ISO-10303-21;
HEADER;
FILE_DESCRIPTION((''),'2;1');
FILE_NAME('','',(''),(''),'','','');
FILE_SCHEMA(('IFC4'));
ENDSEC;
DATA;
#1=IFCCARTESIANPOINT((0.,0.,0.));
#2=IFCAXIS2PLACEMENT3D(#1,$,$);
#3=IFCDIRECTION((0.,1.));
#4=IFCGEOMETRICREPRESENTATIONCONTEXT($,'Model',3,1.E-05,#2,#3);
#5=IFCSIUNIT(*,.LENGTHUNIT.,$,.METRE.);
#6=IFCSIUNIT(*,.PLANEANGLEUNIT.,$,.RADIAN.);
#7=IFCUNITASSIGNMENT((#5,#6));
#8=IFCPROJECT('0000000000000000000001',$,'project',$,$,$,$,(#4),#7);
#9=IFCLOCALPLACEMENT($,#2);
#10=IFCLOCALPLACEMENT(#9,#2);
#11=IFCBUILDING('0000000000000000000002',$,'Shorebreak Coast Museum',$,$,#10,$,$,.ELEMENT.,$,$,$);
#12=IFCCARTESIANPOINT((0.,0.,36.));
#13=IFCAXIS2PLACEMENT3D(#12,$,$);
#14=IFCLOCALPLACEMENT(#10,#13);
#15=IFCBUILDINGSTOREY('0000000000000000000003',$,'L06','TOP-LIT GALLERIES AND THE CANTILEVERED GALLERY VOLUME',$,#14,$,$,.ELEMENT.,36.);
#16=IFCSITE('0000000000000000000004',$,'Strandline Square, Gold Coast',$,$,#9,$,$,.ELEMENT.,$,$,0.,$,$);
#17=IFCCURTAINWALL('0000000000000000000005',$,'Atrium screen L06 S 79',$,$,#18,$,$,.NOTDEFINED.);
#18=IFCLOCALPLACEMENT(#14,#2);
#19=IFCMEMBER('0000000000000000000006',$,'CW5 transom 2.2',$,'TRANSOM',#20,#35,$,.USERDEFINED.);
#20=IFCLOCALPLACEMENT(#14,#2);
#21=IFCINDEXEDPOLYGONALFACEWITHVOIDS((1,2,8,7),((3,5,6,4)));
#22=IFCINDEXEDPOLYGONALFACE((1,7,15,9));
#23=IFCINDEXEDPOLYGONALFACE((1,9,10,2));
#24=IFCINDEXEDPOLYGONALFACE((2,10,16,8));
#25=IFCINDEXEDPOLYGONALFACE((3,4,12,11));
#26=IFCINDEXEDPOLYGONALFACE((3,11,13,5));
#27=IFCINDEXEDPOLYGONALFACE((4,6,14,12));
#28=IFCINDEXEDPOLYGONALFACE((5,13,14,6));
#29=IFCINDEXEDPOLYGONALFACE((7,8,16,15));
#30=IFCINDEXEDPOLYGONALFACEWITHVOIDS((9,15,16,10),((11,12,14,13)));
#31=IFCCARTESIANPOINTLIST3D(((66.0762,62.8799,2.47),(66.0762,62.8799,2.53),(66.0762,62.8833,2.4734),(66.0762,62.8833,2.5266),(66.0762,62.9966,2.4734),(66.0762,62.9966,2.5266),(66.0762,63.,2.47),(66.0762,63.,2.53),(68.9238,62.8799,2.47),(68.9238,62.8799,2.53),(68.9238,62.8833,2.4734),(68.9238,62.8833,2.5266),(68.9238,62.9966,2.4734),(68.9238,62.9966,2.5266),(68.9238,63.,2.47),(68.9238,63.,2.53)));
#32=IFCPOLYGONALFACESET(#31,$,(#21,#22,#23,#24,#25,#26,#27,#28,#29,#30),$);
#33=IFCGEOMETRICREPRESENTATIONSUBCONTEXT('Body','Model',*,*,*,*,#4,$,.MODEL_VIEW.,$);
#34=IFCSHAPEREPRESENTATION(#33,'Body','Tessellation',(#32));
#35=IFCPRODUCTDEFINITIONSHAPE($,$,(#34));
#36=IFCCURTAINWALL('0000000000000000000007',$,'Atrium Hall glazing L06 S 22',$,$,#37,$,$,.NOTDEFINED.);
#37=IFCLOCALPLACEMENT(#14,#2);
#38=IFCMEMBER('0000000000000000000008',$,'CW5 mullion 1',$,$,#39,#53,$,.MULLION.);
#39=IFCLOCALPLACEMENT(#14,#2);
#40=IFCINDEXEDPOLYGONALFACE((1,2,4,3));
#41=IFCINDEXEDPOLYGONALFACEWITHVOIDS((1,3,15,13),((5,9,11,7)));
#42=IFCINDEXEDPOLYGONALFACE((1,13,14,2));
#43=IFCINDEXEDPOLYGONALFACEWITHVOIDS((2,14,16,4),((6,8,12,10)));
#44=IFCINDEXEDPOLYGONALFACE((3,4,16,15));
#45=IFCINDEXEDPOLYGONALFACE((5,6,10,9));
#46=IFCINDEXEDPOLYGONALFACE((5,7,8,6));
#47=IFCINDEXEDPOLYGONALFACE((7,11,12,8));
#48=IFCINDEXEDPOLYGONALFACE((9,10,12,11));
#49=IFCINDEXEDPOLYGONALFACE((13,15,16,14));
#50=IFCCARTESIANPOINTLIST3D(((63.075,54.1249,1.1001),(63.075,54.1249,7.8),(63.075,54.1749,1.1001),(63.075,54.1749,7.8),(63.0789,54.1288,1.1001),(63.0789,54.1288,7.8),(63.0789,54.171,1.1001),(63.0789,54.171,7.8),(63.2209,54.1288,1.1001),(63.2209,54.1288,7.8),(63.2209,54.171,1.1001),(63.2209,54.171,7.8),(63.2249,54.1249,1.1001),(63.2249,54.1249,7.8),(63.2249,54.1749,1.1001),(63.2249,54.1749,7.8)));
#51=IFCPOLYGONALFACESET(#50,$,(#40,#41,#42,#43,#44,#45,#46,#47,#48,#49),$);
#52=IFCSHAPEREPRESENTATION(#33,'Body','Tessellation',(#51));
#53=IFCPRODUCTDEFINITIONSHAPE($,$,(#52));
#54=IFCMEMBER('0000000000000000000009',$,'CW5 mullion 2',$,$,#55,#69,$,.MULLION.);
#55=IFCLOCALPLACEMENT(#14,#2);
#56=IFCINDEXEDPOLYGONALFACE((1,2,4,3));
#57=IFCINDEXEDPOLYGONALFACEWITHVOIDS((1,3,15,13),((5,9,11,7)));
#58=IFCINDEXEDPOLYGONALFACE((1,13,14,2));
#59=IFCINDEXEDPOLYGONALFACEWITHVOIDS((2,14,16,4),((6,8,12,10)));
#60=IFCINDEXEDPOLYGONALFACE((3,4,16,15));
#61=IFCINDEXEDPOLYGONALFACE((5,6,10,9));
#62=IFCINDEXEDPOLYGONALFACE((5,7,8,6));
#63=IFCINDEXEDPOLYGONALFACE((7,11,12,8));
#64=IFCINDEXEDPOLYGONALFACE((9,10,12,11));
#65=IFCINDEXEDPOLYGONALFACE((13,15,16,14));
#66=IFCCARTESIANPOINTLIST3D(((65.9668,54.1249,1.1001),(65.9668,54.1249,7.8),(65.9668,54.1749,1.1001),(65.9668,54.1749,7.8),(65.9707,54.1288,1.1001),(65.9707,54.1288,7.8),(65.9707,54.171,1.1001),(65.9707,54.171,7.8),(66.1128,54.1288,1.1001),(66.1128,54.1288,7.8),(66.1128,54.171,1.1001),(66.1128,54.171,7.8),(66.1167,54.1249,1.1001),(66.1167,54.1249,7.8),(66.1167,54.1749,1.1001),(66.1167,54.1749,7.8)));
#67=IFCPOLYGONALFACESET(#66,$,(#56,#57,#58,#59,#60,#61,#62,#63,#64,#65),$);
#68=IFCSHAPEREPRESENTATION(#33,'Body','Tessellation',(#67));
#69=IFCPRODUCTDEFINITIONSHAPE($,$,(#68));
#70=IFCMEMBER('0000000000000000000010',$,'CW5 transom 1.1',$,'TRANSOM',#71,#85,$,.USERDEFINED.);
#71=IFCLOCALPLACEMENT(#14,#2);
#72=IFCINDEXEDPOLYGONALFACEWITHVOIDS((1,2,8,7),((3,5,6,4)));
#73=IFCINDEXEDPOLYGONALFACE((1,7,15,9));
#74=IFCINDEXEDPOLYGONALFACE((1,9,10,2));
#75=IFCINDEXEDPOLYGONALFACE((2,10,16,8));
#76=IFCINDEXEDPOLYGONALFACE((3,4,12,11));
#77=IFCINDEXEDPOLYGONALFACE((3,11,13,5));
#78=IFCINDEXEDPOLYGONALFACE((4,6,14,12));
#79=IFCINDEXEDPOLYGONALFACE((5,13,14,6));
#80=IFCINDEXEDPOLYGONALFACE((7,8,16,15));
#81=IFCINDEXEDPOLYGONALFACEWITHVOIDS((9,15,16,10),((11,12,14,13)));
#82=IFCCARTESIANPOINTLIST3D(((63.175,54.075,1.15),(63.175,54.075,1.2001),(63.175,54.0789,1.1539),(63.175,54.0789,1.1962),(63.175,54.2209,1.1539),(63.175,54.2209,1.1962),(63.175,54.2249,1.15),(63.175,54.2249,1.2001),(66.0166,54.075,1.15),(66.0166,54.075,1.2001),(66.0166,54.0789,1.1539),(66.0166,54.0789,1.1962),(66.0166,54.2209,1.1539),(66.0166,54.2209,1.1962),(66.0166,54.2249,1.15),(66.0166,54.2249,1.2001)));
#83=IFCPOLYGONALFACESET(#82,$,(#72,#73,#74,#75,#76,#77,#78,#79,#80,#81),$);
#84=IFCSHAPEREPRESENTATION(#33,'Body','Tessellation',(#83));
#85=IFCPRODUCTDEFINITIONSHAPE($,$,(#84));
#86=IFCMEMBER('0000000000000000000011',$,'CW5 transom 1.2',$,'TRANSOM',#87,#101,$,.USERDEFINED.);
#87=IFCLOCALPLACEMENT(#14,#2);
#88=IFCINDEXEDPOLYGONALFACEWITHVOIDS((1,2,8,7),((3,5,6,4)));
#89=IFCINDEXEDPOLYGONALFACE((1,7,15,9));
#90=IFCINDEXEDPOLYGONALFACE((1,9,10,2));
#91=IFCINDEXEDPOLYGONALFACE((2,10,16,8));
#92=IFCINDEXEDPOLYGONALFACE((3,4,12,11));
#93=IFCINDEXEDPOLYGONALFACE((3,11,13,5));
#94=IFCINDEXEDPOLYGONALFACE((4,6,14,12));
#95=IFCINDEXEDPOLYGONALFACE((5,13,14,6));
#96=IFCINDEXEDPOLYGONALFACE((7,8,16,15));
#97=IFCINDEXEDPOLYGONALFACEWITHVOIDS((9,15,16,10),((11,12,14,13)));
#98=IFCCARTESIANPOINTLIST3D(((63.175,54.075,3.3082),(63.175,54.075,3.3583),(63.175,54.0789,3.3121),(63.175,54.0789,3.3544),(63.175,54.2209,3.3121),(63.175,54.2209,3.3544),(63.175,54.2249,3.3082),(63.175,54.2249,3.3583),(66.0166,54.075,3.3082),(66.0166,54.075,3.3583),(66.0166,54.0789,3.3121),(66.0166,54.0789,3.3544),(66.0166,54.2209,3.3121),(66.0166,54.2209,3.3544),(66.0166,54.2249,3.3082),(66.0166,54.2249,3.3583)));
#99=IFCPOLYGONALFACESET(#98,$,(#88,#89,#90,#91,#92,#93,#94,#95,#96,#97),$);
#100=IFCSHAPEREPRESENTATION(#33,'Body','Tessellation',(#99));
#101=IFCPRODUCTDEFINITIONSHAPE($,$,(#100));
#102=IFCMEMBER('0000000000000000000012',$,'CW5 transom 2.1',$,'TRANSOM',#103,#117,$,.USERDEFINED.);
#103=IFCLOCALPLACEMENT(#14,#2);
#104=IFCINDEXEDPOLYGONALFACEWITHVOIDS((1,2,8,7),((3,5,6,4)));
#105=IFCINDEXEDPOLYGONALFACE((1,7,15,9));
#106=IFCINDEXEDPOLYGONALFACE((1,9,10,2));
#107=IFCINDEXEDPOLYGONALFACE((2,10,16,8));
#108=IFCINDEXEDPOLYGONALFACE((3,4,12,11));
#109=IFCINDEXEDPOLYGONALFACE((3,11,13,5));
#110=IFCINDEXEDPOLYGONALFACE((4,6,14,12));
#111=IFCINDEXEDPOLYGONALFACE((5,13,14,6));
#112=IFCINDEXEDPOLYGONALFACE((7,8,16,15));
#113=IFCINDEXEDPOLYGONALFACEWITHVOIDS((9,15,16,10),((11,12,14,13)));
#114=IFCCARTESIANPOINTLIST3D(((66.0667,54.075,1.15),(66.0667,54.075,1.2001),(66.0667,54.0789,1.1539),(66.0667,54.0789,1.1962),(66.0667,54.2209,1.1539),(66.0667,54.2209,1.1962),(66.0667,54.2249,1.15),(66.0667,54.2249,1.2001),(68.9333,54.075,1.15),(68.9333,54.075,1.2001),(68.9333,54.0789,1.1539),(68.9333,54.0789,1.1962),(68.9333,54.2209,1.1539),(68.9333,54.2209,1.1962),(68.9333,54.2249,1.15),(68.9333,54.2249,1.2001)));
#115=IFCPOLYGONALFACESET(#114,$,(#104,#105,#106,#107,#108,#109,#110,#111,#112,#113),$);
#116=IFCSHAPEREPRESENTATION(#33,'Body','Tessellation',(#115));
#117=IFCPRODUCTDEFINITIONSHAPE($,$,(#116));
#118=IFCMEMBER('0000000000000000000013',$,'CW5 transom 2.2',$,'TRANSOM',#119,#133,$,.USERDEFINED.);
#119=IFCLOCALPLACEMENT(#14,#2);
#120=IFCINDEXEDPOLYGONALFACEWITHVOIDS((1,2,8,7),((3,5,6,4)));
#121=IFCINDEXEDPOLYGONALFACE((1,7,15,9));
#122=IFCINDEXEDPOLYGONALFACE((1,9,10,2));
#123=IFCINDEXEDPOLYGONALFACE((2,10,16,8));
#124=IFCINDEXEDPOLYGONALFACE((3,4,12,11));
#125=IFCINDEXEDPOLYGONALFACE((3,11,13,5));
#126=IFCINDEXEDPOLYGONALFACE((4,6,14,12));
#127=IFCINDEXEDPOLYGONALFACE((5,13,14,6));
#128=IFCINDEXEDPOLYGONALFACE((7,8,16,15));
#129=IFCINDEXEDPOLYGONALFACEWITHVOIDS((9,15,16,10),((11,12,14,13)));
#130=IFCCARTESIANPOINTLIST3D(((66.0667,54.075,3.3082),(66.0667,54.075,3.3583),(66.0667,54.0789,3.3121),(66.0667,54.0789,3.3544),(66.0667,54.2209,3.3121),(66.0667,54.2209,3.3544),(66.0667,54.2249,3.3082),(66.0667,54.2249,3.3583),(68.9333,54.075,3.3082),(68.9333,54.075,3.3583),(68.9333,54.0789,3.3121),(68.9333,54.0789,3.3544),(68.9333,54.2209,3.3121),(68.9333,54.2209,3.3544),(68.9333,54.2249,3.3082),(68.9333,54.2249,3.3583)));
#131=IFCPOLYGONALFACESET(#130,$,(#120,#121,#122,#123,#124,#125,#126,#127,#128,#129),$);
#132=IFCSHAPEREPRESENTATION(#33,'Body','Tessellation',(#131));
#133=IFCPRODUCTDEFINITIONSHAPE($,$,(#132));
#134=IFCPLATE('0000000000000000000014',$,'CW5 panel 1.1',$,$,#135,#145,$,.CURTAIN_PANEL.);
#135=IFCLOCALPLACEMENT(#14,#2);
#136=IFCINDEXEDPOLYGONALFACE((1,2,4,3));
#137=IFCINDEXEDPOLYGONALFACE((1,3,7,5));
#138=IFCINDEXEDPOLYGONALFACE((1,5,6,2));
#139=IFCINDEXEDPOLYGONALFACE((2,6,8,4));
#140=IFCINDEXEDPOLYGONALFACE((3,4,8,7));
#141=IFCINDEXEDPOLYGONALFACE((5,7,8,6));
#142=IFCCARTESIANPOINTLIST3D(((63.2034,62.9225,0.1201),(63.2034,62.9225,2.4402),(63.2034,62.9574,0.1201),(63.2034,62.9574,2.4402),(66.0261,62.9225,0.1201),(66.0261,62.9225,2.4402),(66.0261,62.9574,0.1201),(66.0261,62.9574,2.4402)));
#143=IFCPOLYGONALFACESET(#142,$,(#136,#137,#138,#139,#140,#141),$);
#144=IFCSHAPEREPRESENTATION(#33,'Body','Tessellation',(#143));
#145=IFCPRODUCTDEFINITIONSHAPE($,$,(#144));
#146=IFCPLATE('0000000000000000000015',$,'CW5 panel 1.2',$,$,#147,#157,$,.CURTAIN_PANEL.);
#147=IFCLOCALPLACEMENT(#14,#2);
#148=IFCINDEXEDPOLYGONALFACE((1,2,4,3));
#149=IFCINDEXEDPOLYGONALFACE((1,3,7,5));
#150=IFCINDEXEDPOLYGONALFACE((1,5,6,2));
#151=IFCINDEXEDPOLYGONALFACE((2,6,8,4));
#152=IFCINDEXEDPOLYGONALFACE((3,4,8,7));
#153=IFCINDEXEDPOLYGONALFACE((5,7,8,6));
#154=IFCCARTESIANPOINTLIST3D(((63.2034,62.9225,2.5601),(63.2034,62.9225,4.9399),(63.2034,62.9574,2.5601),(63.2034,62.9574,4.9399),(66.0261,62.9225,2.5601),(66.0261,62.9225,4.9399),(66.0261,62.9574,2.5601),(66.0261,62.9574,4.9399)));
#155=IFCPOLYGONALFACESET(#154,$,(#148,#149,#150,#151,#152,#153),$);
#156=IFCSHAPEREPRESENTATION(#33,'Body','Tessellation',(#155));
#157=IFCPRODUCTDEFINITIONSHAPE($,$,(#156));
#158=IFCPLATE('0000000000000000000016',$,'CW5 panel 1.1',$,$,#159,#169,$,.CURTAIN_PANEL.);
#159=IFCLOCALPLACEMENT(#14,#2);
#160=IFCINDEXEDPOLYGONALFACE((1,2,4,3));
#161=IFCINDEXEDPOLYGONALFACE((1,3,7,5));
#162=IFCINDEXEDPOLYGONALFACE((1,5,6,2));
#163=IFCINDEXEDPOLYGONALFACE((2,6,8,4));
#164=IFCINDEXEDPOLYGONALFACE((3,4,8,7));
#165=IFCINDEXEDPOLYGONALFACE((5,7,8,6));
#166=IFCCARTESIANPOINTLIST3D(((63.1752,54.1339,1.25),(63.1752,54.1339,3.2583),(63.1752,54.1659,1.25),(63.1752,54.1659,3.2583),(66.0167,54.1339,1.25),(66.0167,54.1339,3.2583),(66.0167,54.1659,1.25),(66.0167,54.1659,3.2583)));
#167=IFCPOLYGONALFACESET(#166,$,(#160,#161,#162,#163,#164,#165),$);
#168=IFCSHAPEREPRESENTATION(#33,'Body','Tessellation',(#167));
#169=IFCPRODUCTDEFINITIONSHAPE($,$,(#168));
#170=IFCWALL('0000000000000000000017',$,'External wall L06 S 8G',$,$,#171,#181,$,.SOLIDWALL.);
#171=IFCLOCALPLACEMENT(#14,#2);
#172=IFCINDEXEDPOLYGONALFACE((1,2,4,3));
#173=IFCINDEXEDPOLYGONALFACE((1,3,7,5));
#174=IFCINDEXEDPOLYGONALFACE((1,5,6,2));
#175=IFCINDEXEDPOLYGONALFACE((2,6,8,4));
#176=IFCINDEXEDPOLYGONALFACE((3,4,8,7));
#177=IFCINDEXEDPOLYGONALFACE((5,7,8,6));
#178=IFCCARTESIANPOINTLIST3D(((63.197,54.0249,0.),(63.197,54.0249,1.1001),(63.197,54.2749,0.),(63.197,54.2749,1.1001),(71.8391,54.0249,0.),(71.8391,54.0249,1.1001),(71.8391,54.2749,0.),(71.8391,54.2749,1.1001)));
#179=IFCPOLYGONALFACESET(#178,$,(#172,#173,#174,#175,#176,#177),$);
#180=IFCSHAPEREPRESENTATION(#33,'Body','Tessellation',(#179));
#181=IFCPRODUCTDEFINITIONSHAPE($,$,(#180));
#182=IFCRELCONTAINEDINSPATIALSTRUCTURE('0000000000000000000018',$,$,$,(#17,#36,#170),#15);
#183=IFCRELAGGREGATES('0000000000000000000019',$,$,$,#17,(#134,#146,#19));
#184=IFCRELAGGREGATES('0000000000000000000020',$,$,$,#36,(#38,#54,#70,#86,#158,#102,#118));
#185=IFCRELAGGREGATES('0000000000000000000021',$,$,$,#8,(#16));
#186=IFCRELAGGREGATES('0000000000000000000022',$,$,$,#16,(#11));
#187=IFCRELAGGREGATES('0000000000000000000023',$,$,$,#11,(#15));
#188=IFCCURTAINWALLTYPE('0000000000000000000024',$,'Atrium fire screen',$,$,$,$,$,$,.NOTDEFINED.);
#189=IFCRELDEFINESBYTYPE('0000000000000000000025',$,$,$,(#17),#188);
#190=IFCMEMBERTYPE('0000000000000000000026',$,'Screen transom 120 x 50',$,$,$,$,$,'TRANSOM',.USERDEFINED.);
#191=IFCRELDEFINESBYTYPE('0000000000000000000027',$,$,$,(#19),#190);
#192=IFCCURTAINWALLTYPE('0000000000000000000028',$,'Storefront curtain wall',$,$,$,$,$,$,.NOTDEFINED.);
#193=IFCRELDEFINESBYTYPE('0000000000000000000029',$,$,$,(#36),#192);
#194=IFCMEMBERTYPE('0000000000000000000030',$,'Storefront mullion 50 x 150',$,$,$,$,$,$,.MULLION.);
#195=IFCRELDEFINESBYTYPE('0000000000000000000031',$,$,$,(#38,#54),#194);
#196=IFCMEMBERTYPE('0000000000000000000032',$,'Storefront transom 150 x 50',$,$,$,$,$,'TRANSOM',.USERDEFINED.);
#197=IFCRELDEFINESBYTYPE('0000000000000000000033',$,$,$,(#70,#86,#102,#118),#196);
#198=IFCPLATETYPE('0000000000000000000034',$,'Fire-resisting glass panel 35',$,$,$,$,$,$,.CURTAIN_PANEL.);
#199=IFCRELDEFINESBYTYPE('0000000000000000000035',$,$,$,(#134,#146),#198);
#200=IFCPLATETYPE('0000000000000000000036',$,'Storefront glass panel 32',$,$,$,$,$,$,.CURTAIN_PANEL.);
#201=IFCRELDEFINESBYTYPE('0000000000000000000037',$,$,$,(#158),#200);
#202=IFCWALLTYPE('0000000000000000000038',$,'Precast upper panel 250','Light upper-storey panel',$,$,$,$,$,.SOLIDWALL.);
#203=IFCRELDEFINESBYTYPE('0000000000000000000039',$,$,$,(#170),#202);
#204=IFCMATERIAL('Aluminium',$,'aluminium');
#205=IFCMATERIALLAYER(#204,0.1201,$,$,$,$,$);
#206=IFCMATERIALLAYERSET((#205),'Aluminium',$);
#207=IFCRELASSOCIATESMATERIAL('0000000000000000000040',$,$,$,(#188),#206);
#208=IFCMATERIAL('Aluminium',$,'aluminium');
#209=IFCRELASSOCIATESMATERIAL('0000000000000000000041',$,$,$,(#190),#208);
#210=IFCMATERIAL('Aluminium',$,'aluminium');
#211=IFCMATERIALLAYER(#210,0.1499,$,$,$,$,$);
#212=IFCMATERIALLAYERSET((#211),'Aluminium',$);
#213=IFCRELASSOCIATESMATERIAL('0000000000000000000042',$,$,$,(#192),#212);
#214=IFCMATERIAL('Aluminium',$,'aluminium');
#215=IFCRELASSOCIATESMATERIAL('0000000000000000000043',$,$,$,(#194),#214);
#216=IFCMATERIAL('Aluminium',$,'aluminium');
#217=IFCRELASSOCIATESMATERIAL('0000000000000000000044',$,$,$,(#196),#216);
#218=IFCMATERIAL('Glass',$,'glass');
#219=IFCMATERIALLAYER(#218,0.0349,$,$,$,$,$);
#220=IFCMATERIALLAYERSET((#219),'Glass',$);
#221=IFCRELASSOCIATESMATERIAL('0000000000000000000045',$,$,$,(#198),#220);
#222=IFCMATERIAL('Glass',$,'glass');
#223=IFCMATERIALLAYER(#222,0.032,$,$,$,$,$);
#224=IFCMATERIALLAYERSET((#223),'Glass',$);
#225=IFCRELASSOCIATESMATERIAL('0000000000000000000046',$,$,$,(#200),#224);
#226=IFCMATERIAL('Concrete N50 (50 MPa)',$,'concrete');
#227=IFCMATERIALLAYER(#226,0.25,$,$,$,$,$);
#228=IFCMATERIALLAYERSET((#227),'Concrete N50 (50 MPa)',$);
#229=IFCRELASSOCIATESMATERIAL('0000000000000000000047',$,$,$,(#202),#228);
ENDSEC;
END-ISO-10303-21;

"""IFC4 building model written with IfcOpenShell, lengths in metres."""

from ifc_helpers import new_model, si_unit, direction, frame, frame_2d, origin, origin_2d, place, context, subcontext, project, spatial, rectangle, hollow_rectangle, extrude, material, layer, layer_set, material_profile, profile_set, type_object, element, aggregate, save


model = new_model("IFC4")

# Units and contexts
model_context = context("Model", 3, precision=1e-05, world=origin(), true_north=direction((0.0, 1.0)))
body_context = subcontext(model_context, "Body", "Model", "MODEL_VIEW")
ifc_project = project(units=[si_unit("LENGTHUNIT", "METRE"), si_unit("PLANEANGLEUNIT", "RADIAN")], contexts=[model_context])

# Site, building, storey
site_placement = place(None, origin())
site = spatial("IfcSite", under=ifc_project, at=site_placement, Name="Strandline Square, Gold Coast", CompositionType="ELEMENT", RefElevation=0.0)
building_placement = place(site_placement, origin())
building = spatial("IfcBuilding", under=site, at=building_placement, Name="Shorebreak Coast Museum", CompositionType="ELEMENT")
storey_placement = place(building_placement, frame((0.0, 0.0, 36.0)))
storey = spatial("IfcBuildingStorey", under=building, at=storey_placement, Name="L06", Description="TOP-LIT GALLERIES AND THE CANTILEVERED GALLERY VOLUME", CompositionType="ELEMENT", Elevation=36.0)

# Curtain walls, members
ifc_material_1 = material(Name="Aluminium", Category="aluminium")
ifc_layer_1 = layer(ifc_material_1, 0.1201)
ifc_layer_set_1 = layer_set([ifc_layer_1], Name="Aluminium")
curtain_wall_type_1 = type_object("IfcCurtainWallType", Name="Atrium fire screen", PredefinedType="NOTDEFINED", material=ifc_layer_set_1)
curtain_wall_1_placement = place(storey_placement, origin())
curtain_wall_1 = element("IfcCurtainWall", 1, at=curtain_wall_1_placement, inside=storey, type_object=curtain_wall_type_1, Name="Atrium screen L06 S 79", PredefinedType="NOTDEFINED")
ifc_material_2 = material(Name="Aluminium", Category="aluminium")
ifc_material_profile_1 = material_profile(ifc_material_2, hollow_rectangle(XDim=0.1201, YDim=0.0601, WallThickness=0.0034, at=origin_2d()), Name="AL 60x120 RHS")
ifc_profile_set_1 = profile_set([ifc_material_profile_1], Name="Aluminium")
member_type_1 = type_object("IfcMemberType", Name="Screen transom 120 x 50", ElementType="TRANSOM", PredefinedType="USERDEFINED", material=ifc_profile_set_1)
member_1_placement = place(storey_placement, frame((66.0762, 62.9399, 2.5), z_axis=(1.0, 0.0, 0.0), x_axis=(0.0, 1.0, 0.0)))
member_1 = element("IfcMember", 2, at=member_1_placement, type_object=member_type_1, Name="CW5 transom 2.2", ObjectType="TRANSOM", PredefinedType="USERDEFINED", context=body_context, shape_type="SweptSolid", body=[
    extrude(hollow_rectangle(XDim=0.1201, YDim=0.0601, WallThickness=0.0034, at=origin_2d()), origin(), (0.0, 0.0, 1.0), 2.8477),
])
ifc_material_3 = material(Name="Aluminium", Category="aluminium")
ifc_layer_2 = layer(ifc_material_3, 0.1499)
ifc_layer_set_2 = layer_set([ifc_layer_2], Name="Aluminium")
curtain_wall_type_2 = type_object("IfcCurtainWallType", Name="Storefront curtain wall", PredefinedType="NOTDEFINED", material=ifc_layer_set_2)
curtain_wall_2_placement = place(storey_placement, origin())
curtain_wall_2 = element("IfcCurtainWall", 3, at=curtain_wall_2_placement, inside=storey, type_object=curtain_wall_type_2, Name="Atrium Hall glazing L06 S 22", PredefinedType="NOTDEFINED")
ifc_material_4 = material(Name="Aluminium", Category="aluminium")
ifc_material_profile_2 = material_profile(ifc_material_4, hollow_rectangle(XDim=0.05, YDim=0.1499, WallThickness=0.0039, at=origin_2d()), Name="AL 150x50 RHS")
ifc_profile_set_2 = profile_set([ifc_material_profile_2], Name="Aluminium")
member_type_2 = type_object("IfcMemberType", Name="Storefront mullion 50 x 150", PredefinedType="MULLION", material=ifc_profile_set_2)
member_2_placement = place(storey_placement, frame((63.1499, 54.1499, 1.1001), z_axis=(0.0, 0.0, 1.0), x_axis=(0.0, 1.0, 0.0)))
member_2 = element("IfcMember", 4, at=member_2_placement, type_object=member_type_2, Name="CW5 mullion 1", PredefinedType="MULLION", context=body_context, shape_type="SweptSolid", body=[
    extrude(hollow_rectangle(XDim=0.05, YDim=0.1499, WallThickness=0.0039, at=origin_2d()), origin(), (0.0, 0.0, 1.0), 6.7),
])
member_3_placement = place(storey_placement, frame((66.0417, 54.1499, 1.1001), z_axis=(0.0, 0.0, 1.0), x_axis=(0.0, 1.0, 0.0)))
member_3 = element("IfcMember", 5, at=member_3_placement, type_object=member_type_2, Name="CW5 mullion 2", PredefinedType="MULLION", context=body_context, shape_type="SweptSolid", body=[
    extrude(hollow_rectangle(XDim=0.05, YDim=0.1499, WallThickness=0.0039, at=origin_2d()), origin(), (0.0, 0.0, 1.0), 6.7),
])
ifc_material_5 = material(Name="Aluminium", Category="aluminium")
ifc_material_profile_3 = material_profile(ifc_material_5, hollow_rectangle(XDim=0.1499, YDim=0.05, WallThickness=0.0039, at=origin_2d()), Name="AL 50x150 RHS")
ifc_profile_set_3 = profile_set([ifc_material_profile_3], Name="Aluminium")
member_type_3 = type_object("IfcMemberType", Name="Storefront transom 150 x 50", ElementType="TRANSOM", PredefinedType="USERDEFINED", material=ifc_profile_set_3)
member_4_placement = place(storey_placement, frame((63.175, 54.1499, 1.175), z_axis=(1.0, 0.0, 0.0), x_axis=(0.0, 1.0, 0.0)))
member_4 = element("IfcMember", 6, at=member_4_placement, type_object=member_type_3, Name="CW5 transom 1.1", ObjectType="TRANSOM", PredefinedType="USERDEFINED", context=body_context, shape_type="SweptSolid", body=[
    extrude(hollow_rectangle(XDim=0.1499, YDim=0.05, WallThickness=0.0039, at=origin_2d()), origin(), (0.0, 0.0, 1.0), 2.8416),
])
member_5_placement = place(storey_placement, frame((63.175, 54.1499, 3.3333), z_axis=(1.0, 0.0, 0.0), x_axis=(0.0, 1.0, 0.0)))
member_5 = element("IfcMember", 7, at=member_5_placement, type_object=member_type_3, Name="CW5 transom 1.2", ObjectType="TRANSOM", PredefinedType="USERDEFINED", context=body_context, shape_type="SweptSolid", body=[
    extrude(hollow_rectangle(XDim=0.1499, YDim=0.05, WallThickness=0.0039, at=origin_2d()), origin(), (0.0, 0.0, 1.0), 2.8416),
])
member_6_placement = place(storey_placement, frame((66.0667, 54.1499, 1.175), z_axis=(1.0, 0.0, 0.0), x_axis=(0.0, 1.0, 0.0)))
member_6 = element("IfcMember", 8, at=member_6_placement, type_object=member_type_3, Name="CW5 transom 2.1", ObjectType="TRANSOM", PredefinedType="USERDEFINED", context=body_context, shape_type="SweptSolid", body=[
    extrude(hollow_rectangle(XDim=0.1499, YDim=0.05, WallThickness=0.0039, at=origin_2d()), origin(), (0.0, 0.0, 1.0), 2.8667),
])
member_7_placement = place(storey_placement, frame((66.0667, 54.1499, 3.3333), z_axis=(1.0, 0.0, 0.0), x_axis=(0.0, 1.0, 0.0)))
member_7 = element("IfcMember", 9, at=member_7_placement, type_object=member_type_3, Name="CW5 transom 2.2", ObjectType="TRANSOM", PredefinedType="USERDEFINED", context=body_context, shape_type="SweptSolid", body=[
    extrude(hollow_rectangle(XDim=0.1499, YDim=0.05, WallThickness=0.0039, at=origin_2d()), origin(), (0.0, 0.0, 1.0), 2.8667),
])

# Plates
ifc_material_6 = material(Name="Glass", Category="glass")
ifc_layer_3 = layer(ifc_material_6, 0.0349)
ifc_layer_set_3 = layer_set([ifc_layer_3], Name="Glass")
plate_type_1 = type_object("IfcPlateType", Name="Fire-resisting glass panel 35", PredefinedType="CURTAIN_PANEL", material=ifc_layer_set_3)
plate_1_placement = place(storey_placement, frame((64.6147, 62.9399, 0.1201), z_axis=(0.0, 0.0, 1.0), x_axis=(1.0, 0.0, 0.0)))
plate_1 = element("IfcPlate", 10, at=plate_1_placement, type_object=plate_type_1, Name="CW5 panel 1.1", PredefinedType="CURTAIN_PANEL", context=body_context, shape_type="SweptSolid", body=[
    extrude(rectangle(XDim=2.8228, YDim=0.0349, at=origin_2d()), origin(), (0.0, 0.0, 1.0), 2.3201),
])
plate_2_placement = place(storey_placement, frame((64.6147, 62.9399, 2.5601), z_axis=(0.0, 0.0, 1.0), x_axis=(1.0, 0.0, 0.0)))
plate_2 = element("IfcPlate", 11, at=plate_2_placement, type_object=plate_type_1, Name="CW5 panel 1.2", PredefinedType="CURTAIN_PANEL", context=body_context, shape_type="SweptSolid", body=[
    extrude(rectangle(XDim=2.8228, YDim=0.0349, at=origin_2d()), origin(), (0.0, 0.0, 1.0), 2.3799),
])
aggregate(curtain_wall_1, [plate_1, plate_2, member_1])
ifc_material_7 = material(Name="Glass", Category="glass")
ifc_layer_4 = layer(ifc_material_7, 0.032)
ifc_layer_set_4 = layer_set([ifc_layer_4], Name="Glass")
plate_type_2 = type_object("IfcPlateType", Name="Storefront glass panel 32", PredefinedType="CURTAIN_PANEL", material=ifc_layer_set_4)
plate_3_placement = place(storey_placement, frame((64.5959, 54.1499, 1.25), z_axis=(0.0, 0.0, 1.0), x_axis=(1.0, 0.0, 0.0)))
plate_3 = element("IfcPlate", 12, at=plate_3_placement, type_object=plate_type_2, Name="CW5 panel 1.1", PredefinedType="CURTAIN_PANEL", context=body_context, shape_type="SweptSolid", body=[
    extrude(rectangle(XDim=2.8416, YDim=0.032, at=origin_2d()), origin(), (0.0, 0.0, 1.0), 2.0083),
])
aggregate(curtain_wall_2, [member_2, member_3, member_4, member_5, plate_3, member_6, member_7])

# Wall
ifc_material_8 = material(Name="Concrete N50 (50 MPa)", Category="concrete")
ifc_layer_5 = layer(ifc_material_8, 0.25)
ifc_layer_set_5 = layer_set([ifc_layer_5], Name="Concrete N50 (50 MPa)")
wall_type = type_object("IfcWallType", Name="Precast upper panel 250", Description="Light upper-storey panel", PredefinedType="SOLIDWALL", material=ifc_layer_set_5)
wall_placement = place(storey_placement, frame((63.197, 54.1499, 0.0), z_axis=(0.0, 0.0, 1.0), x_axis=(1.0, 0.0, 0.0)))
element("IfcWall", 13, at=wall_placement, inside=storey, type_object=wall_type, Name="External wall L06 S 8G", PredefinedType="SOLIDWALL", context=body_context, shape_type="SweptSolid", body=[
    extrude(rectangle(XDim=8.6421, YDim=0.25, at=frame_2d((4.321, 0.0))), origin(), (0.0, 0.0, 1.0), 1.1001),
])

save(model, "model.ifc")
